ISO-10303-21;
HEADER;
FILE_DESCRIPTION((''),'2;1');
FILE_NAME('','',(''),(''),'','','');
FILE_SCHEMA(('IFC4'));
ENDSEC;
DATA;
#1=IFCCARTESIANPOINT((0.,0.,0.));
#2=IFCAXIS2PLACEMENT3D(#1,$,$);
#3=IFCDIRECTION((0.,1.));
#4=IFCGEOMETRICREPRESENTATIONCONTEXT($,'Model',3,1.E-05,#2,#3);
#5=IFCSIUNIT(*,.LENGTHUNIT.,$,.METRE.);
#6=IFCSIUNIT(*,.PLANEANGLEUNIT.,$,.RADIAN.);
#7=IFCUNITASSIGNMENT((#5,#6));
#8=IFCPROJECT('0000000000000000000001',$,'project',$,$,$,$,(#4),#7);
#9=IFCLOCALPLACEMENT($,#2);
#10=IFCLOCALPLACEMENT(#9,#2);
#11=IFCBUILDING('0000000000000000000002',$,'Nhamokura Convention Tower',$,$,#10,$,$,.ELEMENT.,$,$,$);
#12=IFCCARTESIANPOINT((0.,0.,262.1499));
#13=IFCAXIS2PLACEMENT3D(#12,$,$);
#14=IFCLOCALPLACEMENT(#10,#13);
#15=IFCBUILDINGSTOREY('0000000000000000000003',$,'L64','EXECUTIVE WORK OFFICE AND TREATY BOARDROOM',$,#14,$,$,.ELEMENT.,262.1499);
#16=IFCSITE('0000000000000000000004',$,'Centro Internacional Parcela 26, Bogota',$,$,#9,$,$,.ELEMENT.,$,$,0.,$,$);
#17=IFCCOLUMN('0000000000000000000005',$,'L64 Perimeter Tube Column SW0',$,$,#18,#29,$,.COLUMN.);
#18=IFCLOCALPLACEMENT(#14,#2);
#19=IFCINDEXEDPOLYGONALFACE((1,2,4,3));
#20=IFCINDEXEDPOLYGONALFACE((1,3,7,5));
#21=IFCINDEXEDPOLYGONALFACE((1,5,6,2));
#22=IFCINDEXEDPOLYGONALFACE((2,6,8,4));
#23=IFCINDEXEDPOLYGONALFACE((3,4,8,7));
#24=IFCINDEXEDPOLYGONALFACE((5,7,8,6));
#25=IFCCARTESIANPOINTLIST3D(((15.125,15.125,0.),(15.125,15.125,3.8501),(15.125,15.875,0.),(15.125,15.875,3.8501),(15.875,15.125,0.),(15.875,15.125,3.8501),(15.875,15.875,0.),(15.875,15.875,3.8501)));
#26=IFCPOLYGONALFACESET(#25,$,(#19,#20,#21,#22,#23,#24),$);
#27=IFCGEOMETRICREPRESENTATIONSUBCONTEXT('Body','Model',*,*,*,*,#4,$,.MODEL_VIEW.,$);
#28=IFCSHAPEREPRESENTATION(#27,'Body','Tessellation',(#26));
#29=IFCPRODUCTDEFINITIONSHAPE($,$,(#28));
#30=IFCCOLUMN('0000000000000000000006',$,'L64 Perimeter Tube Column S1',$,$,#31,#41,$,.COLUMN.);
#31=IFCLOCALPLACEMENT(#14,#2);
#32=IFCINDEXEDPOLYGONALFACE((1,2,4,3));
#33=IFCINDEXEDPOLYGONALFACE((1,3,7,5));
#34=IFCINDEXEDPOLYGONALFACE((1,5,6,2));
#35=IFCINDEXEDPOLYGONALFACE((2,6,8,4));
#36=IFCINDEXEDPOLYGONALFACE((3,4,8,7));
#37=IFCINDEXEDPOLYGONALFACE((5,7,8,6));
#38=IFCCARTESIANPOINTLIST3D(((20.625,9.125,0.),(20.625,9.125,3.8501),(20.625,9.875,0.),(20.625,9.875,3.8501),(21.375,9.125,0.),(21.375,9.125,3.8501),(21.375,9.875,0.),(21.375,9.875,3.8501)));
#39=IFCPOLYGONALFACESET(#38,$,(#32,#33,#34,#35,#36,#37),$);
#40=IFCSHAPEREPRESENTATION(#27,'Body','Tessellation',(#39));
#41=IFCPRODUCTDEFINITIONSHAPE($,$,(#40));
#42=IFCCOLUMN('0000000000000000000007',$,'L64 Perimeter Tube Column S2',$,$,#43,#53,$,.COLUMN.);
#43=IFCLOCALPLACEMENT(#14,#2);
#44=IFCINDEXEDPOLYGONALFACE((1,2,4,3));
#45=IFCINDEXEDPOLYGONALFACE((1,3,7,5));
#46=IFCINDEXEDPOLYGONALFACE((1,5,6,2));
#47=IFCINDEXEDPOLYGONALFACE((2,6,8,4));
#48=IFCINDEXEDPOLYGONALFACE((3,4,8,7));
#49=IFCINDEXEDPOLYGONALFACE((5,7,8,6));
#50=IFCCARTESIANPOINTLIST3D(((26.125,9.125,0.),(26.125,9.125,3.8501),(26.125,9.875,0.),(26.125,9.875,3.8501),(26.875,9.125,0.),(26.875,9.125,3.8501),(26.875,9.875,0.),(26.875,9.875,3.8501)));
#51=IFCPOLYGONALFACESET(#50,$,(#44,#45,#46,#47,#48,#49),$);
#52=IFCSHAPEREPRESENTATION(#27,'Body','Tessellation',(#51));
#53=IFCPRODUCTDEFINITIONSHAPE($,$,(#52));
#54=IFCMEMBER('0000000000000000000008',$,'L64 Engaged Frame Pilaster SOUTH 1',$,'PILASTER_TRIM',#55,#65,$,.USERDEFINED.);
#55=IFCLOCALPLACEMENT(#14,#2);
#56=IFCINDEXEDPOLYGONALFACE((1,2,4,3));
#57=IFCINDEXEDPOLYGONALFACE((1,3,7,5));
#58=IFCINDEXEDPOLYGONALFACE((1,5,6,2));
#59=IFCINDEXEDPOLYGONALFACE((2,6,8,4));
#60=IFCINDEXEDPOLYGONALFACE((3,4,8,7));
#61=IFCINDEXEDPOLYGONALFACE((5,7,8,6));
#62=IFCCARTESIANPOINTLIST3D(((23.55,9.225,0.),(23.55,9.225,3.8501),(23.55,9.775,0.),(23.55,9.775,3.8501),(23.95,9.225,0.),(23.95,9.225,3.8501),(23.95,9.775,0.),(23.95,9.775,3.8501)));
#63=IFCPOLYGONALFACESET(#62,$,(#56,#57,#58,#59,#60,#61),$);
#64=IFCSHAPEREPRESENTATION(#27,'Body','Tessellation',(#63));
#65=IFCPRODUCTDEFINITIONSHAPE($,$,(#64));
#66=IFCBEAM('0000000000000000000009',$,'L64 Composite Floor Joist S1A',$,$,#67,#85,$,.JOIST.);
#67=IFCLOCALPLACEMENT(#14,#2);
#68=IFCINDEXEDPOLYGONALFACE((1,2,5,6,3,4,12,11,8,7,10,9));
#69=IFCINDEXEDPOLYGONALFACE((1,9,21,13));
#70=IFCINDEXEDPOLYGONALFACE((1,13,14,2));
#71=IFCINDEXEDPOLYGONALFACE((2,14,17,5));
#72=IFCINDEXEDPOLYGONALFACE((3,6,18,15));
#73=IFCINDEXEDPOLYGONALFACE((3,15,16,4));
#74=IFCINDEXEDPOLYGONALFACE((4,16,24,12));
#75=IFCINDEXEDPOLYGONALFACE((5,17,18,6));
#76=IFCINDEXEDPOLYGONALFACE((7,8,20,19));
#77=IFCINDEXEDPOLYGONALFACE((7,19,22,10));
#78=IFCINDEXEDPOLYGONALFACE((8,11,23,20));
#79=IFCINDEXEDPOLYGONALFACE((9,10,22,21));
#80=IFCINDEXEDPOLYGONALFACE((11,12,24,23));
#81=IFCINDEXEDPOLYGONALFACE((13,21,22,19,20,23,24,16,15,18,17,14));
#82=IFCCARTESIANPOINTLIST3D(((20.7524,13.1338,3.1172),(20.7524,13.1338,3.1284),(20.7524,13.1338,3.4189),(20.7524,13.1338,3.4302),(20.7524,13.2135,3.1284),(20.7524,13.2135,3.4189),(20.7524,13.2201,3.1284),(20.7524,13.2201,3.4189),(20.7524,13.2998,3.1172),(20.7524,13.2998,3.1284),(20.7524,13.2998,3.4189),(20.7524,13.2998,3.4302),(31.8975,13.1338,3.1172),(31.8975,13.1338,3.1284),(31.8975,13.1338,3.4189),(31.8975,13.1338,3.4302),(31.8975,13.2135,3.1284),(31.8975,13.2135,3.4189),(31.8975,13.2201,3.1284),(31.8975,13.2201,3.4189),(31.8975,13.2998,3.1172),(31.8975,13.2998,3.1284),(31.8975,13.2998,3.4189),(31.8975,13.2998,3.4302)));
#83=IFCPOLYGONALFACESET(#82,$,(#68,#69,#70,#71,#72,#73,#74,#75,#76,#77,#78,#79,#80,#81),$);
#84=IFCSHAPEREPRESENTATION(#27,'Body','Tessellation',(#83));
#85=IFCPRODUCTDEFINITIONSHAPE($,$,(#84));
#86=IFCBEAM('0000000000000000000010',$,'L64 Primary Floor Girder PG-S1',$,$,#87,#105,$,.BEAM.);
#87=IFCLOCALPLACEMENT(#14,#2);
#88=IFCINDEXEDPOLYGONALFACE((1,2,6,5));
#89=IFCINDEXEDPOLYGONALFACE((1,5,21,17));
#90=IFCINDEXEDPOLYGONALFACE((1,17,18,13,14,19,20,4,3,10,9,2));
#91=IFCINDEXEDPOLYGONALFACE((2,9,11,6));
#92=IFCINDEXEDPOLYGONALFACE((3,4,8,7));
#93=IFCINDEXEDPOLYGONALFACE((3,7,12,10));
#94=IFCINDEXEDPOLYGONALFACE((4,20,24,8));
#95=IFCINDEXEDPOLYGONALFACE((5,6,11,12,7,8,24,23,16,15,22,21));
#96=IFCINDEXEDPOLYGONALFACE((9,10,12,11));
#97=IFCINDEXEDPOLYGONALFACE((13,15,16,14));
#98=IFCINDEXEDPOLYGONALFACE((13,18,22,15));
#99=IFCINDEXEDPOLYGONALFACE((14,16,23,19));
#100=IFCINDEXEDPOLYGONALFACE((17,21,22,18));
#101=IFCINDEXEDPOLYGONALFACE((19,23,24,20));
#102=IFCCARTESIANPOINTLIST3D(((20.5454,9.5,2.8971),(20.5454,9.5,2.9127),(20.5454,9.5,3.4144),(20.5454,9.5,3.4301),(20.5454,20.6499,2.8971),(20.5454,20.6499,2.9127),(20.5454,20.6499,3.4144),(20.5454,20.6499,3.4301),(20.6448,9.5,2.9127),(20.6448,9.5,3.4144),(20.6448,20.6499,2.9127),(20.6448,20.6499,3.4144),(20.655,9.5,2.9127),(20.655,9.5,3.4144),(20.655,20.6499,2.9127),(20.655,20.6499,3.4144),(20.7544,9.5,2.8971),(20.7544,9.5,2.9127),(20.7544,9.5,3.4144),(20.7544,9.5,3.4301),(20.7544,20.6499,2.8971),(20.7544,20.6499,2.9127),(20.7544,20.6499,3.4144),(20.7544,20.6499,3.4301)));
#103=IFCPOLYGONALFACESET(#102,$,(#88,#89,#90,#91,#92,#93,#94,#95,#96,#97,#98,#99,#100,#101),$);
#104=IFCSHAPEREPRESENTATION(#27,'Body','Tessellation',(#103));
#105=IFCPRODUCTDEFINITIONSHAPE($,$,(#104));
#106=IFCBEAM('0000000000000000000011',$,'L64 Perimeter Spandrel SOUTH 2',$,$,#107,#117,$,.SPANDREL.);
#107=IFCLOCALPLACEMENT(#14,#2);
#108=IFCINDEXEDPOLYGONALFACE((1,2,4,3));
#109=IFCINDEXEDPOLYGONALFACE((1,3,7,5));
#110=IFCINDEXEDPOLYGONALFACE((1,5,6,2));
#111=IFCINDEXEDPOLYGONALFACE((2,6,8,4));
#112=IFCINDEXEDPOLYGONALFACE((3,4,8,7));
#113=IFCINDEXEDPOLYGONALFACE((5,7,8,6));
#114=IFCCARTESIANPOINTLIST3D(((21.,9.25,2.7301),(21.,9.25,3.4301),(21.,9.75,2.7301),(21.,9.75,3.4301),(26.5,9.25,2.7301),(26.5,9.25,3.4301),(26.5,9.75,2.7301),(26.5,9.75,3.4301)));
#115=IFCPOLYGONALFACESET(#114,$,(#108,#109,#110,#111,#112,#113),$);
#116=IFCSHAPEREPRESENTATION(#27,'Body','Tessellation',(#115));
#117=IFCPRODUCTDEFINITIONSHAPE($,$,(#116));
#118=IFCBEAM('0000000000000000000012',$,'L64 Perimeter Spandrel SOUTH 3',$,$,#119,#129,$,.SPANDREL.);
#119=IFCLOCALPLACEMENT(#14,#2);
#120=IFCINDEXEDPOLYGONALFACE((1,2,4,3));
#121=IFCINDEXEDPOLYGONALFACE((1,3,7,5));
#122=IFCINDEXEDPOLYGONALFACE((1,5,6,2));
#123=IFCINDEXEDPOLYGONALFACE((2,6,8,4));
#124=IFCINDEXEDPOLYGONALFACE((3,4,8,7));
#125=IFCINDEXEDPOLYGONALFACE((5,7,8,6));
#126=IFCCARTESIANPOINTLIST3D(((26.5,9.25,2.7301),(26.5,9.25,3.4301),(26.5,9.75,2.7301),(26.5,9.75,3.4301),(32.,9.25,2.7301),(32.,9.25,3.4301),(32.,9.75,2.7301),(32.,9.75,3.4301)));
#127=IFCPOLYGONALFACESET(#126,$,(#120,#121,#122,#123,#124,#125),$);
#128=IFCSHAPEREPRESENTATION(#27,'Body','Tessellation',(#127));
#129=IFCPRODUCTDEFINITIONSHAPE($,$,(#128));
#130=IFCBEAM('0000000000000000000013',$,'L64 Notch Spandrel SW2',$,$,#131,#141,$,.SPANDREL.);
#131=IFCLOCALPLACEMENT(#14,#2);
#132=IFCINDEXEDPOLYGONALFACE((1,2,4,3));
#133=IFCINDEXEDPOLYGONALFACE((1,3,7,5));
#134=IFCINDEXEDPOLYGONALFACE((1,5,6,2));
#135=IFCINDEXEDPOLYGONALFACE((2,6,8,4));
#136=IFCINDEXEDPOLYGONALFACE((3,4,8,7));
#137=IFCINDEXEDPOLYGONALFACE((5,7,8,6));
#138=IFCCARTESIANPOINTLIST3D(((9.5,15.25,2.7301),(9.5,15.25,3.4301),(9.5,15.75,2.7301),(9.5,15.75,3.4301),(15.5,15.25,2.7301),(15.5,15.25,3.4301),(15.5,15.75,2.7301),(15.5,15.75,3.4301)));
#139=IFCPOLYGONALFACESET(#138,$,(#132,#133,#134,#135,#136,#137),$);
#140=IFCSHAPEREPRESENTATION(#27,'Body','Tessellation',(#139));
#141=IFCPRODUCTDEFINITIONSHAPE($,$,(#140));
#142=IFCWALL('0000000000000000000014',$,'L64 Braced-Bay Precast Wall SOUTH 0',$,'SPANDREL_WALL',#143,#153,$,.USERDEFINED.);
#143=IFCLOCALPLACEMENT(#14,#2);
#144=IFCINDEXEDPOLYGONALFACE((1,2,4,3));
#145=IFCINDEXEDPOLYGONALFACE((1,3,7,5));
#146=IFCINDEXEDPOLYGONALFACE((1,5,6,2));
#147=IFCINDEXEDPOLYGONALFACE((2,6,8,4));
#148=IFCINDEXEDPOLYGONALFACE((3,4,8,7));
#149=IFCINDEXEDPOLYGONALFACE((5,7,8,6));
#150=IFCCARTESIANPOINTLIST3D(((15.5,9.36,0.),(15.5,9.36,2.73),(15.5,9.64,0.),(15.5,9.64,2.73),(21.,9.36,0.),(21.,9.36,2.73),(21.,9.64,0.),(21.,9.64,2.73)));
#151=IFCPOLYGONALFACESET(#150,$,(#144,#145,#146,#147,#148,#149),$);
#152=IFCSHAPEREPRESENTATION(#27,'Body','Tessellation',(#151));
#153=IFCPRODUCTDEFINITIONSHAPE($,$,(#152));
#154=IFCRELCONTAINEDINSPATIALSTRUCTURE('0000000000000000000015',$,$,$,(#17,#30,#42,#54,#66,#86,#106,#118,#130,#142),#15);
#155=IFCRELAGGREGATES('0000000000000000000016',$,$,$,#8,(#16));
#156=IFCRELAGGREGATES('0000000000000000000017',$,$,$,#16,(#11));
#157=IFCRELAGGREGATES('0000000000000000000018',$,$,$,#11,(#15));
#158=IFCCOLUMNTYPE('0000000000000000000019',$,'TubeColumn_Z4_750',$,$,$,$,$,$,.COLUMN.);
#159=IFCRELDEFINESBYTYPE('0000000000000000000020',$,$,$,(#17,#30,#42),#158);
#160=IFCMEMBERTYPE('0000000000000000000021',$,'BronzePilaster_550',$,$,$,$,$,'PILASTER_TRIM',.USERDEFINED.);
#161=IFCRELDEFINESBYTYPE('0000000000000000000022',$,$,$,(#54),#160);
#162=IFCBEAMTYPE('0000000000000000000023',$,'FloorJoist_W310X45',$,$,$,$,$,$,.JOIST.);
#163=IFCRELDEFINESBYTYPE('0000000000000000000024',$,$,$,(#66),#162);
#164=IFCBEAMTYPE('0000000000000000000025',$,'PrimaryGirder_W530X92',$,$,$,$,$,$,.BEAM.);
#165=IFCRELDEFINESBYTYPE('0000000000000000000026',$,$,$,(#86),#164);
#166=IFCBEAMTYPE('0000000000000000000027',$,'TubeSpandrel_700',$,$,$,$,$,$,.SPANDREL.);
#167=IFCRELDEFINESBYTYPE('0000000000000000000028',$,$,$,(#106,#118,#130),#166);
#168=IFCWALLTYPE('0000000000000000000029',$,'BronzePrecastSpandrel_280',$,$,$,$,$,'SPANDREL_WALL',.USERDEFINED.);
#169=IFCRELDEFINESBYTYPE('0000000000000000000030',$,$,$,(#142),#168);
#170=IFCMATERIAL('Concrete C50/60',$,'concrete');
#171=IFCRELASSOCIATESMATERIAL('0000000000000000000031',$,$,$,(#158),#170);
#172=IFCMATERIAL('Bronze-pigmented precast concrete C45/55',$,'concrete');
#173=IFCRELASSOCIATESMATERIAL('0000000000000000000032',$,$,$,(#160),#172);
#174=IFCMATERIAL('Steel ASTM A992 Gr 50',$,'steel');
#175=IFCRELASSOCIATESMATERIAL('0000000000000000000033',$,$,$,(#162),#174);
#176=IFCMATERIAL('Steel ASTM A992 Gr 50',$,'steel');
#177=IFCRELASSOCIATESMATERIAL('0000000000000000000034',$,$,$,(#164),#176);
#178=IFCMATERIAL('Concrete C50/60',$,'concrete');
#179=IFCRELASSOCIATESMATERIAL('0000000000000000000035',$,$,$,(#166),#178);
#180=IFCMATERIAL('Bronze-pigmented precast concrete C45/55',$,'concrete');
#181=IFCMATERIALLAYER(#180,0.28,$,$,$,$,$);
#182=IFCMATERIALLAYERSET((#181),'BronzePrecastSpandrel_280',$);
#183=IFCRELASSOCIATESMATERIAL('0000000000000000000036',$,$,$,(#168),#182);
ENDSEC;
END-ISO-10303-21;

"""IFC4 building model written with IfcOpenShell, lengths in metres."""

from ifc_helpers import new_model, si_unit, direction, frame, frame_2d, origin, origin_2d, place, context, subcontext, project, spatial, rectangle, i_section, extrude, material, layer, layer_set, material_profile, profile_set, type_object, element, save


model = new_model("IFC4")

# Units and contexts
model_context = context("Model", 3, precision=1e-05, world=origin(), true_north=direction((0.0, 1.0)))
body_context = subcontext(model_context, "Body", "Model", "MODEL_VIEW")
ifc_project = project(units=[si_unit("LENGTHUNIT", "METRE"), si_unit("PLANEANGLEUNIT", "RADIAN")], contexts=[model_context])

# Site, building, storey
site_placement = place(None, origin())
site = spatial("IfcSite", under=ifc_project, at=site_placement, Name="Centro Internacional Parcela 26, Bogota", CompositionType="ELEMENT", RefElevation=0.0)
building_placement = place(site_placement, origin())
building = spatial("IfcBuilding", under=site, at=building_placement, Name="Nhamokura Convention Tower", CompositionType="ELEMENT")
storey_placement = place(building_placement, frame((0.0, 0.0, 262.1499)))
storey = spatial("IfcBuildingStorey", under=building, at=storey_placement, Name="L64", Description="EXECUTIVE WORK OFFICE AND TREATY BOARDROOM", CompositionType="ELEMENT", Elevation=262.1499)

# Columns
ifc_material_1 = material(Name="Concrete C50/60", Category="concrete")
ifc_material_profile_1 = material_profile(ifc_material_1, rectangle(XDim=0.75, YDim=0.75, at=origin_2d()))
ifc_profile_set_1 = profile_set([ifc_material_profile_1], Name="Concrete C50/60")
column_type = type_object("IfcColumnType", Name="TubeColumn_Z4_750", PredefinedType="COLUMN", material=ifc_profile_set_1)
for number, where, z_axis, x_axis, name in (
    (1, (15.5, 15.5, 0.0), (0.0, 0.0, 1.0), (1.0, 0.0, 0.0), "L64 Perimeter Tube Column SW0"),
    (2, (21.0, 9.5, 0.0), (0.0, 0.0, 1.0), (1.0, 0.0, 0.0), "L64 Perimeter Tube Column S1"),
    (3, (26.5, 9.5, 0.0), (0.0, 0.0, 1.0), (1.0, 0.0, 0.0), "L64 Perimeter Tube Column S2"),
):
    element("IfcColumn", number, at=place(storey_placement, frame(where, z_axis=z_axis, x_axis=x_axis)), inside=storey, type_object=column_type, Name=name, PredefinedType="COLUMN", context=body_context, shape_type="SweptSolid", body=[
        extrude(rectangle(XDim=0.75, YDim=0.75, at=origin_2d()), origin(), (0.0, 0.0, 1.0), 3.8501),
    ])

# Member
ifc_material_2 = material(Name="Bronze-pigmented precast concrete C45/55", Category="concrete")
ifc_material_profile_2 = material_profile(ifc_material_2, rectangle(XDim=0.3999, YDim=0.55, at=origin_2d()))
ifc_profile_set_2 = profile_set([ifc_material_profile_2], Name="Bronze-pigmented precast concrete C45/55")
member_type = type_object("IfcMemberType", Name="BronzePilaster_550", ElementType="PILASTER_TRIM", PredefinedType="USERDEFINED", material=ifc_profile_set_2)
member_placement = place(storey_placement, frame((23.75, 9.5, 0.0), z_axis=(0.0, 0.0, 1.0), x_axis=(1.0, 0.0, 0.0)))
element("IfcMember", 4, at=member_placement, inside=storey, type_object=member_type, Name="L64 Engaged Frame Pilaster SOUTH 1", ObjectType="PILASTER_TRIM", PredefinedType="USERDEFINED", context=body_context, shape_type="SweptSolid", body=[
    extrude(rectangle(XDim=0.3999, YDim=0.55, at=origin_2d()), origin(), (0.0, 0.0, 1.0), 3.8501),
])

# Beams
ifc_material_3 = material(Name="Steel ASTM A992 Gr 50", Category="steel")
ifc_material_profile_3 = material_profile(ifc_material_3, i_section(OverallWidth=0.166, OverallDepth=0.313, WebThickness=0.0066, FlangeThickness=0.0112, at=origin_2d()))
ifc_profile_set_3 = profile_set([ifc_material_profile_3], Name="Steel ASTM A992 Gr 50")
beam_type_1 = type_object("IfcBeamType", Name="FloorJoist_W310X45", PredefinedType="JOIST", material=ifc_profile_set_3)
beam_1_placement = place(storey_placement, frame((20.7524, 13.2168, 3.2737), z_axis=(1.0, 0.0, 0.0), x_axis=(0.0, 1.0, 0.0)))
element("IfcBeam", 5, at=beam_1_placement, inside=storey, type_object=beam_type_1, Name="L64 Composite Floor Joist S1A", PredefinedType="JOIST", context=body_context, shape_type="SweptSolid", body=[
    extrude(i_section(OverallWidth=0.166, OverallDepth=0.313, WebThickness=0.0066, FlangeThickness=0.0112, at=origin_2d()), origin(), (0.0, 0.0, 1.0), 11.145),
])
ifc_material_4 = material(Name="Steel ASTM A992 Gr 50", Category="steel")
ifc_material_profile_4 = material_profile(ifc_material_4, i_section(OverallWidth=0.209, OverallDepth=0.533, WebThickness=0.0103, FlangeThickness=0.0156, at=origin_2d()))
ifc_profile_set_4 = profile_set([ifc_material_profile_4], Name="Steel ASTM A992 Gr 50")
beam_type_2 = type_object("IfcBeamType", Name="PrimaryGirder_W530X92", PredefinedType="BEAM", material=ifc_profile_set_4)
beam_2_placement = place(storey_placement, frame((20.6499, 9.5, 3.1636), z_axis=(0.0, 1.0, 0.0), x_axis=(-1.0, 0.0, 0.0)))
element("IfcBeam", 6, at=beam_2_placement, inside=storey, type_object=beam_type_2, Name="L64 Primary Floor Girder PG-S1", PredefinedType="BEAM", context=body_context, shape_type="SweptSolid", body=[
    extrude(i_section(OverallWidth=0.209, OverallDepth=0.533, WebThickness=0.0103, FlangeThickness=0.0156, at=origin_2d()), origin(), (0.0, 0.0, 1.0), 11.1499),
])
ifc_material_5 = material(Name="Concrete C50/60", Category="concrete")
ifc_material_profile_5 = material_profile(ifc_material_5, rectangle(XDim=0.5, YDim=0.7, at=origin_2d()))
ifc_profile_set_5 = profile_set([ifc_material_profile_5], Name="Concrete C50/60")
beam_type_3 = type_object("IfcBeamType", Name="TubeSpandrel_700", PredefinedType="SPANDREL", material=ifc_profile_set_5)
for number, where, z_axis, x_axis, name in (
    (7, (21.0, 9.5, 3.0801), (1.0, 0.0, 0.0), (0.0, 1.0, 0.0), "L64 Perimeter Spandrel SOUTH 2"),
    (8, (26.5, 9.5, 3.0801), (1.0, 0.0, 0.0), (0.0, 1.0, 0.0), "L64 Perimeter Spandrel SOUTH 3"),
):
    element("IfcBeam", number, at=place(storey_placement, frame(where, z_axis=z_axis, x_axis=x_axis)), inside=storey, type_object=beam_type_3, Name=name, PredefinedType="SPANDREL", context=body_context, shape_type="SweptSolid", body=[
        extrude(rectangle(XDim=0.5, YDim=0.7, at=origin_2d()), origin(), (0.0, 0.0, 1.0), 5.5),
    ])
beam_3_placement = place(storey_placement, frame((15.5, 15.5, 3.0801), z_axis=(-1.0, 0.0, 0.0), x_axis=(0.0, -1.0, 0.0)))
element("IfcBeam", 9, at=beam_3_placement, inside=storey, type_object=beam_type_3, Name="L64 Notch Spandrel SW2", PredefinedType="SPANDREL", context=body_context, shape_type="SweptSolid", body=[
    extrude(rectangle(XDim=0.5, YDim=0.7, at=origin_2d()), origin(), (0.0, 0.0, 1.0), 6.0),
])

# Wall
ifc_material_6 = material(Name="Bronze-pigmented precast concrete C45/55", Category="concrete")
ifc_layer_1 = layer(ifc_material_6, 0.28)
ifc_layer_set_1 = layer_set([ifc_layer_1], Name="BronzePrecastSpandrel_280")
wall_type_1 = type_object("IfcWallType", Name="BronzePrecastSpandrel_280", ElementType="SPANDREL_WALL", PredefinedType="USERDEFINED", material=ifc_layer_set_1)
wall_1_placement = place(storey_placement, frame((21.0, 9.5, 0.0), z_axis=(0.0, 0.0, 1.0), x_axis=(-1.0, 0.0, 0.0)))
element("IfcWall", 10, at=wall_1_placement, inside=storey, type_object=wall_type_1, Name="L64 Braced-Bay Precast Wall SOUTH 0", ObjectType="SPANDREL_WALL", PredefinedType="USERDEFINED", context=body_context, shape_type="SweptSolid", body=[
    extrude(rectangle(XDim=5.5, YDim=0.28, at=frame_2d((2.75, 0.0))), origin(), (0.0, 0.0, 1.0), 2.73),
])

save(model, "model.ifc")
